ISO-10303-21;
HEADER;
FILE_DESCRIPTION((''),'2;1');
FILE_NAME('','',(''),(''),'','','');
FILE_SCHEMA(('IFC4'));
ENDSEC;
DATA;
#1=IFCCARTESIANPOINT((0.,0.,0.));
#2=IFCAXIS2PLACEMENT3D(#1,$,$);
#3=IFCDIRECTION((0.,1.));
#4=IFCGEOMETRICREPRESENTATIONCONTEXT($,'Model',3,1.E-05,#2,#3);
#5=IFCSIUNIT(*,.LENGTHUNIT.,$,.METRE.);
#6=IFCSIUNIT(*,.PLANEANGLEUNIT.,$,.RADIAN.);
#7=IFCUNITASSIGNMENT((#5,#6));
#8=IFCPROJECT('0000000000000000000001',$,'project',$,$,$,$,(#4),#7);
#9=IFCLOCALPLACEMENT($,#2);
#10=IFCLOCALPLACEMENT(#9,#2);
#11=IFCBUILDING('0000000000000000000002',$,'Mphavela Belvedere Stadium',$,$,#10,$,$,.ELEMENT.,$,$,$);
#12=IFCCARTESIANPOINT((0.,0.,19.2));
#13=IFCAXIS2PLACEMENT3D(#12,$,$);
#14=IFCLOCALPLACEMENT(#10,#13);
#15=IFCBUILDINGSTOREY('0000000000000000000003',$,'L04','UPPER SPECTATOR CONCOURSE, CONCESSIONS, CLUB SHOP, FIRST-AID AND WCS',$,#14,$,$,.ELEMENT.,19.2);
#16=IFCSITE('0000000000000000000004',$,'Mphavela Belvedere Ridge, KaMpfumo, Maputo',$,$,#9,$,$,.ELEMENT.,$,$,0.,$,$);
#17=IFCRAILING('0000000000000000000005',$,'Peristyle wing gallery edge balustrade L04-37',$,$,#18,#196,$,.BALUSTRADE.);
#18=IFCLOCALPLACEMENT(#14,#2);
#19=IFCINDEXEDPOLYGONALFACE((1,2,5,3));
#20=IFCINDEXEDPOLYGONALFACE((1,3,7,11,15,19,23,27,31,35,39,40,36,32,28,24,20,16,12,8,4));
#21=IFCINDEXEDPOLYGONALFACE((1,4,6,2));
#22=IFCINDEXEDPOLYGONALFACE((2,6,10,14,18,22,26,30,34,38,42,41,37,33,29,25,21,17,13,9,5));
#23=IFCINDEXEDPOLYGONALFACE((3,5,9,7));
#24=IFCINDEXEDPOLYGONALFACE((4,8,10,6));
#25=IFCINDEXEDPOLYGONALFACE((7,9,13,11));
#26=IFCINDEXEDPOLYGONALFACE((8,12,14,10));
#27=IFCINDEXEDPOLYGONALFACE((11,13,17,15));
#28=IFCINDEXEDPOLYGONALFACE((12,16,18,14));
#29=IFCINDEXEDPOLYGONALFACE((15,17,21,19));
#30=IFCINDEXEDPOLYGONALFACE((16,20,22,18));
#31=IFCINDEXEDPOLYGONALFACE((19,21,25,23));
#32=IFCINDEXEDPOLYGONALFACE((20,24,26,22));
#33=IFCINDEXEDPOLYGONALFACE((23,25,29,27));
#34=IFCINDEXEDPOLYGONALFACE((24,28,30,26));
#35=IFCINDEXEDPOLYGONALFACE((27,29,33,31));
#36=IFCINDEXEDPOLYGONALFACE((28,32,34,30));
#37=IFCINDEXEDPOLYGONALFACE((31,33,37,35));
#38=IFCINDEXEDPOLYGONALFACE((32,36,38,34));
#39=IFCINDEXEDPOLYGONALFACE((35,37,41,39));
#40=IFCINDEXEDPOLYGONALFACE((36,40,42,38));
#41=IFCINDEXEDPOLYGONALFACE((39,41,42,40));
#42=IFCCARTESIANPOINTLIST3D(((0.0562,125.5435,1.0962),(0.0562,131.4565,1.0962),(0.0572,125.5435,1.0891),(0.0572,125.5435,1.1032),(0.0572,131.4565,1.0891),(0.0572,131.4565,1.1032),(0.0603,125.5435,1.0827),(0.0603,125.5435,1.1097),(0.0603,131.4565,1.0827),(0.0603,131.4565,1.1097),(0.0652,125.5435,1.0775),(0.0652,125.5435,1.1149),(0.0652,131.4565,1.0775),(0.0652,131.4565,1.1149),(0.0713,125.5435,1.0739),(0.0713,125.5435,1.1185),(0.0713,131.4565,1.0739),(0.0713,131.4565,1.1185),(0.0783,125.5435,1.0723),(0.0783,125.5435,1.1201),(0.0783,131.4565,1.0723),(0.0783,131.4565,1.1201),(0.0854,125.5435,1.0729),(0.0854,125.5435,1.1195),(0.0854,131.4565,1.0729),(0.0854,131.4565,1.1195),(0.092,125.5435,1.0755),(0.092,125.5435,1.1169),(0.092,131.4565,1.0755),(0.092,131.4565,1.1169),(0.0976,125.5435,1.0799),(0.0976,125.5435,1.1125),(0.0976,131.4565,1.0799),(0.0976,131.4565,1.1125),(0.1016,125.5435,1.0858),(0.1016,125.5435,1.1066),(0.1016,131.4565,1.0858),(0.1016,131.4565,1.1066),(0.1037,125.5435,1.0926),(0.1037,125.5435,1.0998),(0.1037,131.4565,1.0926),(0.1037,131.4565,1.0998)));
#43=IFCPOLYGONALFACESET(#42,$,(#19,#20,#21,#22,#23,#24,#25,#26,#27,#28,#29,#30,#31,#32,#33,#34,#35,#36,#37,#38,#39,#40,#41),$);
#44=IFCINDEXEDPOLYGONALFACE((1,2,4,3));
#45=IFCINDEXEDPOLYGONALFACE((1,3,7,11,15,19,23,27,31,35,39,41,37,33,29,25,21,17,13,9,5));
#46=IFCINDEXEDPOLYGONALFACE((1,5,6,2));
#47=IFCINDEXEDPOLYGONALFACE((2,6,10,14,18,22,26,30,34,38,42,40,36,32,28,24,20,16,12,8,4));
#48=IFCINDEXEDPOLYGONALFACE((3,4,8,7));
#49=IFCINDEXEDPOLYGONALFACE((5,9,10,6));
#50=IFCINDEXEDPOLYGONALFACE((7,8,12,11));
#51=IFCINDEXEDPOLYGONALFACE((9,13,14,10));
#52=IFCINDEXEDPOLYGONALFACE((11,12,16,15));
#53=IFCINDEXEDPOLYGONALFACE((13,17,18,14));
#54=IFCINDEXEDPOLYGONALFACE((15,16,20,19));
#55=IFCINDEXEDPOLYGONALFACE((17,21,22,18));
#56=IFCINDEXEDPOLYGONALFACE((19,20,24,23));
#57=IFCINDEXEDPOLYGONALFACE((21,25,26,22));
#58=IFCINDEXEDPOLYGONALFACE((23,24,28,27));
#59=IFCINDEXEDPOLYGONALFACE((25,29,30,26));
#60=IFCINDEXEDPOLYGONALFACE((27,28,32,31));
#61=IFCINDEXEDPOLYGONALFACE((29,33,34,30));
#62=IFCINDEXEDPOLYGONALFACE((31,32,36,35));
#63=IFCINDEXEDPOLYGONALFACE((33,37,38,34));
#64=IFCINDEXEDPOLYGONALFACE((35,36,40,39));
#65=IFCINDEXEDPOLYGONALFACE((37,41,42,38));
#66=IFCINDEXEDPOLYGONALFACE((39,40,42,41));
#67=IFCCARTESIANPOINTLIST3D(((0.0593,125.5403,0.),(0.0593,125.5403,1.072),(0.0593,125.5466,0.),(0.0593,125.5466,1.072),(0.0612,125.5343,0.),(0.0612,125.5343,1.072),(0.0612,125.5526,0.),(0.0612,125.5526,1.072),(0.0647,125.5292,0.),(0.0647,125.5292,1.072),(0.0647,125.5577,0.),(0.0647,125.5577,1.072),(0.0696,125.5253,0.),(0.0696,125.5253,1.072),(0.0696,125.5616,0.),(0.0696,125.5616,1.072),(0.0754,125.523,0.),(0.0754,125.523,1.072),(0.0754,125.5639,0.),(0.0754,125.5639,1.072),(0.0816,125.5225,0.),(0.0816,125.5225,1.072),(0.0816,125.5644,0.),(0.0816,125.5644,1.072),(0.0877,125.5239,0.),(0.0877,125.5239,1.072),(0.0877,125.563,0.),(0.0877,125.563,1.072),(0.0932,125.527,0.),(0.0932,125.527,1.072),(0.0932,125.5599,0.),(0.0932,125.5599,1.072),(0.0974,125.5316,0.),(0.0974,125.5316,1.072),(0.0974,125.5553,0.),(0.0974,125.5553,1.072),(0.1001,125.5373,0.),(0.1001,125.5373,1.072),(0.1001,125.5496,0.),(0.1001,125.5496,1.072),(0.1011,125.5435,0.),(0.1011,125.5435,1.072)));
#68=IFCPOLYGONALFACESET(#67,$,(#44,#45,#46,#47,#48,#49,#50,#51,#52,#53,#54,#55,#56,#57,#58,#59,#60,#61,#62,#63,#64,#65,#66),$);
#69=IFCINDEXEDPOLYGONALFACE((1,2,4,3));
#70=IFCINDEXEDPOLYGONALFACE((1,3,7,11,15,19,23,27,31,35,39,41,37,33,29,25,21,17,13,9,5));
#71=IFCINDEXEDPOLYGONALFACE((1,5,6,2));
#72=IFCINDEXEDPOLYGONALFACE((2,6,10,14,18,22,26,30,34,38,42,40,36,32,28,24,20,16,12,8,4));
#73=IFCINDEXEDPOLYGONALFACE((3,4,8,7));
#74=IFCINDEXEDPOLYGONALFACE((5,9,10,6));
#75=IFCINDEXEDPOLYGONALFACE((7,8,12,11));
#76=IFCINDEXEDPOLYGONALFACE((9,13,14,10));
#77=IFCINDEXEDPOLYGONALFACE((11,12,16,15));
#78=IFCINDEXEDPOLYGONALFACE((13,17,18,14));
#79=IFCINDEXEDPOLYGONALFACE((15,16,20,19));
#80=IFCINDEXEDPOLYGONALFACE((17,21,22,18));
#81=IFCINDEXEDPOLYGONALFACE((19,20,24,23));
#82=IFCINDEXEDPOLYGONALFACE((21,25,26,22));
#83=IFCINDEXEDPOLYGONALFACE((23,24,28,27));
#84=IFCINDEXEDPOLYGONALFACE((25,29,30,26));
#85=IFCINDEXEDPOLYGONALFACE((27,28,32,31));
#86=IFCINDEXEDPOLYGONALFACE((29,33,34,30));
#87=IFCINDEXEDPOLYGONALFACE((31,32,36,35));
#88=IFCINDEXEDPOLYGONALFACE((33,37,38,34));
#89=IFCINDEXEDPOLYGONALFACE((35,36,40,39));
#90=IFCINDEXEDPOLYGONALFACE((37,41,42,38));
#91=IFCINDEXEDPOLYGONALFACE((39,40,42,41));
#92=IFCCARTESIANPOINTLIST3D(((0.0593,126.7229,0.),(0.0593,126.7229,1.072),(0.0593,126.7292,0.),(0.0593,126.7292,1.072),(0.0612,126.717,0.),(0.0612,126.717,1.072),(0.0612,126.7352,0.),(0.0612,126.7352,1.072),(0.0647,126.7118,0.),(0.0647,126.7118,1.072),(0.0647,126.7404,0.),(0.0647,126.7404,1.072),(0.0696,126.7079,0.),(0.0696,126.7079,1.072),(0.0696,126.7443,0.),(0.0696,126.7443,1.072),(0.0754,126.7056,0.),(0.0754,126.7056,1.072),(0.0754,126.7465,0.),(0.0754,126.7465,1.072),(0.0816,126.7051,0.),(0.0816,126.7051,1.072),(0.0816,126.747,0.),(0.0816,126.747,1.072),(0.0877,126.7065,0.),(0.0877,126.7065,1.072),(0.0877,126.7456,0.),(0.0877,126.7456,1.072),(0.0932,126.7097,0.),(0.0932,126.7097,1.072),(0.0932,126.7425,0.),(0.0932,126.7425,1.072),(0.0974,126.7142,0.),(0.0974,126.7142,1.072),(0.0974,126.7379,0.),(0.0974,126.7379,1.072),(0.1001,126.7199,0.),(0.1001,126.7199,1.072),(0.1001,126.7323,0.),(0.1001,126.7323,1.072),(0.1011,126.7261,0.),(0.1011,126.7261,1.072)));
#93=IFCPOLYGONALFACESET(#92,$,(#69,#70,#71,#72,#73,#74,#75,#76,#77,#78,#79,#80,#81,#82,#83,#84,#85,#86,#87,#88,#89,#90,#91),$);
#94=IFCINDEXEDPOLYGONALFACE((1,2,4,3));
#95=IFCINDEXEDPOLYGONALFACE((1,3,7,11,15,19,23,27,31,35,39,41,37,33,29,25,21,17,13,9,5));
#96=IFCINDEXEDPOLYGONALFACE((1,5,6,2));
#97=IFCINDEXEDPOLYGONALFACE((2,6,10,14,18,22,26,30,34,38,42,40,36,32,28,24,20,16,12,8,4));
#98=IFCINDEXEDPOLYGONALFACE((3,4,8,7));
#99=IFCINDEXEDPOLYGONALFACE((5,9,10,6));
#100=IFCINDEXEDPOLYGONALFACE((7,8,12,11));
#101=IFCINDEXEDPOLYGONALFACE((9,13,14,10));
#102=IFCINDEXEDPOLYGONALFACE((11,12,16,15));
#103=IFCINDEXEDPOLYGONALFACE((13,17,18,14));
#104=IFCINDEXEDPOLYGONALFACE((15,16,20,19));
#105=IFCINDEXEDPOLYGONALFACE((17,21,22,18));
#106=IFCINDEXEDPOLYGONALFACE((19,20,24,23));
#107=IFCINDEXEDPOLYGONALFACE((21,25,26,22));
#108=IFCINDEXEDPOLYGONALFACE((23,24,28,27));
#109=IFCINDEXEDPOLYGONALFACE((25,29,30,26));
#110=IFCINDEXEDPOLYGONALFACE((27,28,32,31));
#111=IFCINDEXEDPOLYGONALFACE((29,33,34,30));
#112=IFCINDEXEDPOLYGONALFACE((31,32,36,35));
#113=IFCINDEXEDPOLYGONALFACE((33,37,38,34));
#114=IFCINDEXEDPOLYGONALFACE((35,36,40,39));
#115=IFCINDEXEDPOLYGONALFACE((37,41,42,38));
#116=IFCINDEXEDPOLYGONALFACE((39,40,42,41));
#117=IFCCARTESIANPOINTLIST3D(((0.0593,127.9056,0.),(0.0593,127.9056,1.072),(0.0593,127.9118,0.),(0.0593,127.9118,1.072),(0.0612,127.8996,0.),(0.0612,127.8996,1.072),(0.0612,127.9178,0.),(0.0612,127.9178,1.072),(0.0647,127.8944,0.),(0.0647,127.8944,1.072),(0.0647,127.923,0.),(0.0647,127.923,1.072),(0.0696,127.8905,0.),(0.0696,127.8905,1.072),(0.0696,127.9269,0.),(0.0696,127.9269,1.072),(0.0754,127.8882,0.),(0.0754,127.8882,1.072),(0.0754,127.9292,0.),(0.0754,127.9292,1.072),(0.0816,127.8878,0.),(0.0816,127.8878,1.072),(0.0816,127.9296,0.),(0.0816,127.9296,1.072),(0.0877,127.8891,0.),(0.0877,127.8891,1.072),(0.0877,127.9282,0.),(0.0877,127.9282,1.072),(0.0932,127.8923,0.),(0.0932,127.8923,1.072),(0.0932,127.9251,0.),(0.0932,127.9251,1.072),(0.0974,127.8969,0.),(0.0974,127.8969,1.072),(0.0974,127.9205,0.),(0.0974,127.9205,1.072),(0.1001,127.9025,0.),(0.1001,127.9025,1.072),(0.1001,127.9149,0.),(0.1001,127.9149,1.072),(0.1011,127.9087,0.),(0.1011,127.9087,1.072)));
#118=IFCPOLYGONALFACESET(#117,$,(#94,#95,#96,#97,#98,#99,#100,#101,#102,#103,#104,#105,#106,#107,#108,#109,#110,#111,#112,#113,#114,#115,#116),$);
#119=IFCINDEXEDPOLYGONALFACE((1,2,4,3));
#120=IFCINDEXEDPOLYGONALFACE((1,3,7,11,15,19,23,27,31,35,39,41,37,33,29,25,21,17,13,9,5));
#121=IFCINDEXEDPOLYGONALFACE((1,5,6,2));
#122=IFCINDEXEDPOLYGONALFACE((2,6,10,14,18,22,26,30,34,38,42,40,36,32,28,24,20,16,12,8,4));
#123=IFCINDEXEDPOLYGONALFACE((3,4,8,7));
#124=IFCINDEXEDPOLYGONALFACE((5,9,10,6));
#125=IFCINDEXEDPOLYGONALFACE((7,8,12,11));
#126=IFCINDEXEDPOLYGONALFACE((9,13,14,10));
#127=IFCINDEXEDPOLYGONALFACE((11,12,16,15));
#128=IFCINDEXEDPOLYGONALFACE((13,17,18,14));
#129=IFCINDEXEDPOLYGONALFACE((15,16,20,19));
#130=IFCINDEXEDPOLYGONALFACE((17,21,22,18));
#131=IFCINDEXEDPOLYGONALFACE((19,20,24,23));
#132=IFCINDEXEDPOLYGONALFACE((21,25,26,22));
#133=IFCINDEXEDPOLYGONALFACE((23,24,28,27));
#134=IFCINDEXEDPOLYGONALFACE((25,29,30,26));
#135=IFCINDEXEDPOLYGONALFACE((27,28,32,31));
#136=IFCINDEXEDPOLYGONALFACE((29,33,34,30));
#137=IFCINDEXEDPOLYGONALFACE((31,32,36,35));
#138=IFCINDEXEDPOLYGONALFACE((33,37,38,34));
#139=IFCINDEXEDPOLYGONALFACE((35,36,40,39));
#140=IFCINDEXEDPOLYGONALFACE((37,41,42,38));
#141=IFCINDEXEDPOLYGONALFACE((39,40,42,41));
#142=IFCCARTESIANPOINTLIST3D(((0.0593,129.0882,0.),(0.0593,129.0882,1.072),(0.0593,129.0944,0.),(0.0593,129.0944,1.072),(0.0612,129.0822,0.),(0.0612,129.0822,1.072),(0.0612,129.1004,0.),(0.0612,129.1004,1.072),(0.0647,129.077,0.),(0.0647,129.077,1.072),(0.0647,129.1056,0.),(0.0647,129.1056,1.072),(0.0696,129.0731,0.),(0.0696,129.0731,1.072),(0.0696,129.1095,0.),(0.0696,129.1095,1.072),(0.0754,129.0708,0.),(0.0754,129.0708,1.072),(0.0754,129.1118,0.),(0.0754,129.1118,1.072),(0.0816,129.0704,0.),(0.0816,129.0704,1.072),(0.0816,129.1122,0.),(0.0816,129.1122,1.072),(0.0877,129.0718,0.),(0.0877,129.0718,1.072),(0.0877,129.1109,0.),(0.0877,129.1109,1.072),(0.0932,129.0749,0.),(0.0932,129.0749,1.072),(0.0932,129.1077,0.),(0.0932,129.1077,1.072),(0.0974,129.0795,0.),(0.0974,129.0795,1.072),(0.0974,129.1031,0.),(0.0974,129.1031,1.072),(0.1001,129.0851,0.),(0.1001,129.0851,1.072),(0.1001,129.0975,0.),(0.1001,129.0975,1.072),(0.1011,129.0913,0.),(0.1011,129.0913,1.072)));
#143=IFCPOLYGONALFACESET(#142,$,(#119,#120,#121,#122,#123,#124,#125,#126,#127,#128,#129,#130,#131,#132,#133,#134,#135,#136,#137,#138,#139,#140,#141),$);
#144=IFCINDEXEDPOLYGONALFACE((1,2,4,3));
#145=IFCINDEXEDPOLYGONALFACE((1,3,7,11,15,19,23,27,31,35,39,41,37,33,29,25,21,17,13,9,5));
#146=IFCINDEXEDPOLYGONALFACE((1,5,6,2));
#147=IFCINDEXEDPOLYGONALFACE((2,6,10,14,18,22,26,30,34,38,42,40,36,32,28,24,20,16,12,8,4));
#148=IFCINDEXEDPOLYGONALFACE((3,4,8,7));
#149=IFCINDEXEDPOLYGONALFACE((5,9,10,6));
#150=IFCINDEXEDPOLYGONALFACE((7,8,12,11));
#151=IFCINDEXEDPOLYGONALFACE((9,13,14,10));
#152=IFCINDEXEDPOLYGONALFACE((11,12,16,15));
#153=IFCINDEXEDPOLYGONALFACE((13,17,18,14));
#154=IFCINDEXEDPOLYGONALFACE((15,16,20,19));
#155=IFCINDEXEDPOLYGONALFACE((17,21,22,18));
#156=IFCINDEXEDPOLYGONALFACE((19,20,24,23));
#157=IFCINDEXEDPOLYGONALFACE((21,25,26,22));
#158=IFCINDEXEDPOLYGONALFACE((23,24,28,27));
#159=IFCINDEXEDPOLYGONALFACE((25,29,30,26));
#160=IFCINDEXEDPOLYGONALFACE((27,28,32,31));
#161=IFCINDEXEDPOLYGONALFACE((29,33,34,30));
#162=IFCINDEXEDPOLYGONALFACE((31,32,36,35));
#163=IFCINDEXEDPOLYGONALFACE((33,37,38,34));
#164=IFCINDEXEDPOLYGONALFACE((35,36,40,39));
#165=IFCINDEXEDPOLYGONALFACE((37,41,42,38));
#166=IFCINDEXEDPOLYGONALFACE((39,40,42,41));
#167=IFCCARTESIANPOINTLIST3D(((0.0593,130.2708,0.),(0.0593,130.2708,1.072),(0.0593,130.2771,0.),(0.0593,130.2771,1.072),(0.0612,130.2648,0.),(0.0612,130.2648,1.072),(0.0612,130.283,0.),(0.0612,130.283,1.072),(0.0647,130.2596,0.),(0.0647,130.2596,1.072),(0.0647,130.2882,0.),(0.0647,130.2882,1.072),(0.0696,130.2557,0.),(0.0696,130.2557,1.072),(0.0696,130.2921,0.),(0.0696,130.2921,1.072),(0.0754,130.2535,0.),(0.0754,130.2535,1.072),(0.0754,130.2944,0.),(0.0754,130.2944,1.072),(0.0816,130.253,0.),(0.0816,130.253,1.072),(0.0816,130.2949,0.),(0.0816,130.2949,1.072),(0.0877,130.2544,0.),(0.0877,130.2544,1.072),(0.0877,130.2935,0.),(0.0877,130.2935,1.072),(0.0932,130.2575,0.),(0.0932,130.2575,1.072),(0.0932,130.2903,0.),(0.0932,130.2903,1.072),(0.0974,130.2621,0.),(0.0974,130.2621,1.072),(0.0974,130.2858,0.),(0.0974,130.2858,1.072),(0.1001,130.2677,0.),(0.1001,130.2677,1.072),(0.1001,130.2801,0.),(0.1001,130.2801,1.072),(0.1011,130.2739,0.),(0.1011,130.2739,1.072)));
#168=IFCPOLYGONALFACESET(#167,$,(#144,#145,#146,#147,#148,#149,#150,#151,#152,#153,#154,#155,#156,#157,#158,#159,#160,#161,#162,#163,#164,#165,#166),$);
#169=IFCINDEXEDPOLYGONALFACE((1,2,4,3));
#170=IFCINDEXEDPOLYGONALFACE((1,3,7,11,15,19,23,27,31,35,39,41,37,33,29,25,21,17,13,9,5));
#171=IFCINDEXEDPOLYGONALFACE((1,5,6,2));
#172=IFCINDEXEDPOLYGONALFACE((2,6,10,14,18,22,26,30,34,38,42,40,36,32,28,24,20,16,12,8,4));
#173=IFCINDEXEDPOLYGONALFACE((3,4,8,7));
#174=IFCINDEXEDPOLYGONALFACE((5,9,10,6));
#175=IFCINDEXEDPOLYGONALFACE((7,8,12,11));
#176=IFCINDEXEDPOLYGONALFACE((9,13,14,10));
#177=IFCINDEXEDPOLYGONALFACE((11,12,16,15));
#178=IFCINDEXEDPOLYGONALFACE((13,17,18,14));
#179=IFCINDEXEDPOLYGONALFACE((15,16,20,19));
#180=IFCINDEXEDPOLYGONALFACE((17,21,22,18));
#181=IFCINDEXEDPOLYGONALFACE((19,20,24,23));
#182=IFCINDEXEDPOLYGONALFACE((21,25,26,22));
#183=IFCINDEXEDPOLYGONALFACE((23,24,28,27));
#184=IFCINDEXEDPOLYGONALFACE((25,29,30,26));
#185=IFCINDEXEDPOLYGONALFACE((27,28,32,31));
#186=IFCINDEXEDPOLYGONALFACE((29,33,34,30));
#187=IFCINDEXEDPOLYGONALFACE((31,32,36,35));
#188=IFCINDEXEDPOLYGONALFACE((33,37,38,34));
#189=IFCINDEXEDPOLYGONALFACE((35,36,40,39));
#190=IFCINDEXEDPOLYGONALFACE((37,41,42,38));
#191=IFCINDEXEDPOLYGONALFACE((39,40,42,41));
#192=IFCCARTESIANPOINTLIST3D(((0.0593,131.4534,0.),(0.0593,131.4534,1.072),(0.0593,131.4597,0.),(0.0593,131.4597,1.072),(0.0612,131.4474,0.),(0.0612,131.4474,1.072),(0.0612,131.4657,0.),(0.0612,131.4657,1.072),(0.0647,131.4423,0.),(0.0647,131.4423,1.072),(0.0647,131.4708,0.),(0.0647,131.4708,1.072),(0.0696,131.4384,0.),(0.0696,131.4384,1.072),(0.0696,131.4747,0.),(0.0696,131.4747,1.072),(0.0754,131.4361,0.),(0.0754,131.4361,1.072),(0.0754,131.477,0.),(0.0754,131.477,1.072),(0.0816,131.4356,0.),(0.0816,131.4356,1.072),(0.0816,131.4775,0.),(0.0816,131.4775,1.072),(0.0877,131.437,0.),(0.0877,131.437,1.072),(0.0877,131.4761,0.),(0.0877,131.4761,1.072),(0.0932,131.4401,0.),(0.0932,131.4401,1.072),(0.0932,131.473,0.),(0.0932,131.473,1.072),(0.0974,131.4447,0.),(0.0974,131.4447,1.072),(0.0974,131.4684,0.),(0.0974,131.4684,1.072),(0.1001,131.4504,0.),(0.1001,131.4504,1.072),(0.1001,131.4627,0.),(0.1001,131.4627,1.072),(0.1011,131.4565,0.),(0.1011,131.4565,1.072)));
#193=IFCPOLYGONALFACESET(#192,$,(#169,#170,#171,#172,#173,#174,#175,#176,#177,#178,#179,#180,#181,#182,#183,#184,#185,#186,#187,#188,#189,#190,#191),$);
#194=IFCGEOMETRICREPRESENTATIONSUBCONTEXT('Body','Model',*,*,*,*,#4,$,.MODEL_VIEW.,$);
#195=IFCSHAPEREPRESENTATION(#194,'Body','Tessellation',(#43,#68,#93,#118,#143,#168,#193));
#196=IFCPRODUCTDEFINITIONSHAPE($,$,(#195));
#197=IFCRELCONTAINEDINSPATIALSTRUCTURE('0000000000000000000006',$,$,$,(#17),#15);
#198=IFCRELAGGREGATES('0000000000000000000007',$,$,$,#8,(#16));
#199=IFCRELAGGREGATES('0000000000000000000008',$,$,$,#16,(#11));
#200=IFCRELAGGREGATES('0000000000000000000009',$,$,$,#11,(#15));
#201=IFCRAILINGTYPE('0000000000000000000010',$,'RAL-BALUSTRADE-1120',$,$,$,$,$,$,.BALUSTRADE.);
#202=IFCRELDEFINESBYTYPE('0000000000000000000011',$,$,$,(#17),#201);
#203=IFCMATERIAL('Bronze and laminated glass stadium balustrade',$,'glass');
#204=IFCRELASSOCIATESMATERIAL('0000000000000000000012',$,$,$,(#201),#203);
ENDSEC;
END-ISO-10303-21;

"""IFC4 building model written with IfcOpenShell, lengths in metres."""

from ifc_helpers import new_model, si_unit, direction, frame, origin, origin_2d, place, context, subcontext, project, spatial, circle, extrude, material, type_object, element, save


model = new_model("IFC4")

# Units and contexts
model_context = context("Model", 3, precision=1e-05, world=origin(), true_north=direction((0.0, 1.0)))
body_context = subcontext(model_context, "Body", "Model", "MODEL_VIEW")
ifc_project = project(units=[si_unit("LENGTHUNIT", "METRE"), si_unit("PLANEANGLEUNIT", "RADIAN")], contexts=[model_context])

# Site, building, storey
site_placement = place(None, origin())
site = spatial("IfcSite", under=ifc_project, at=site_placement, Name="Mphavela Belvedere Ridge, KaMpfumo, Maputo", CompositionType="ELEMENT", RefElevation=0.0)
building_placement = place(site_placement, origin())
building = spatial("IfcBuilding", under=site, at=building_placement, Name="Mphavela Belvedere Stadium", CompositionType="ELEMENT")
storey_placement = place(building_placement, frame((0.0, 0.0, 19.2)))
storey = spatial("IfcBuildingStorey", under=building, at=storey_placement, Name="L04", Description="UPPER SPECTATOR CONCOURSE, CONCESSIONS, CLUB SHOP, FIRST-AID AND WCS", CompositionType="ELEMENT", Elevation=19.2)

# Railing
ifc_material_1 = material(Name="Bronze and laminated glass stadium balustrade", Category="glass")
railing_type = type_object("IfcRailingType", Name="RAL-BALUSTRADE-1120", PredefinedType="BALUSTRADE", material=ifc_material_1)
for number, where, name in (
    (1, (0.0801, 125.5435, 0.0), "Peristyle wing gallery edge balustrade L04-37"),
):
    element("IfcRailing", number, at=place(storey_placement, frame(where)), inside=storey, type_object=railing_type, Name=name, PredefinedType="BALUSTRADE", context=body_context, shape_type="SweptSolid", body=[
        extrude(circle(Radius=0.0239, at=origin_2d()), frame((0.0, 0.0, 1.0962), z_axis=(0.0, 1.0, 0.0), x_axis=(-1.0, 0.0, 0.0)), (0.0, 0.0, 1.0), 5.9131),
        extrude(circle(Radius=0.021, at=origin_2d()), origin(), (0.0, 0.0, 1.0), 1.072),
        extrude(circle(Radius=0.021, at=origin_2d()), frame((0.0, 1.1826, 0.0)), (0.0, 0.0, 1.0), 1.072),
        extrude(circle(Radius=0.021, at=origin_2d()), frame((0.0, 2.3652, 0.0)), (0.0, 0.0, 1.0), 1.072),
        extrude(circle(Radius=0.021, at=origin_2d()), frame((0.0, 3.5479, 0.0)), (0.0, 0.0, 1.0), 1.072),
        extrude(circle(Radius=0.021, at=origin_2d()), frame((0.0, 4.7305, 0.0)), (0.0, 0.0, 1.0), 1.072),
        extrude(circle(Radius=0.021, at=origin_2d()), frame((0.0, 5.9131, 0.0)), (0.0, 0.0, 1.0), 1.072),
    ])

save(model, "model.ifc")
